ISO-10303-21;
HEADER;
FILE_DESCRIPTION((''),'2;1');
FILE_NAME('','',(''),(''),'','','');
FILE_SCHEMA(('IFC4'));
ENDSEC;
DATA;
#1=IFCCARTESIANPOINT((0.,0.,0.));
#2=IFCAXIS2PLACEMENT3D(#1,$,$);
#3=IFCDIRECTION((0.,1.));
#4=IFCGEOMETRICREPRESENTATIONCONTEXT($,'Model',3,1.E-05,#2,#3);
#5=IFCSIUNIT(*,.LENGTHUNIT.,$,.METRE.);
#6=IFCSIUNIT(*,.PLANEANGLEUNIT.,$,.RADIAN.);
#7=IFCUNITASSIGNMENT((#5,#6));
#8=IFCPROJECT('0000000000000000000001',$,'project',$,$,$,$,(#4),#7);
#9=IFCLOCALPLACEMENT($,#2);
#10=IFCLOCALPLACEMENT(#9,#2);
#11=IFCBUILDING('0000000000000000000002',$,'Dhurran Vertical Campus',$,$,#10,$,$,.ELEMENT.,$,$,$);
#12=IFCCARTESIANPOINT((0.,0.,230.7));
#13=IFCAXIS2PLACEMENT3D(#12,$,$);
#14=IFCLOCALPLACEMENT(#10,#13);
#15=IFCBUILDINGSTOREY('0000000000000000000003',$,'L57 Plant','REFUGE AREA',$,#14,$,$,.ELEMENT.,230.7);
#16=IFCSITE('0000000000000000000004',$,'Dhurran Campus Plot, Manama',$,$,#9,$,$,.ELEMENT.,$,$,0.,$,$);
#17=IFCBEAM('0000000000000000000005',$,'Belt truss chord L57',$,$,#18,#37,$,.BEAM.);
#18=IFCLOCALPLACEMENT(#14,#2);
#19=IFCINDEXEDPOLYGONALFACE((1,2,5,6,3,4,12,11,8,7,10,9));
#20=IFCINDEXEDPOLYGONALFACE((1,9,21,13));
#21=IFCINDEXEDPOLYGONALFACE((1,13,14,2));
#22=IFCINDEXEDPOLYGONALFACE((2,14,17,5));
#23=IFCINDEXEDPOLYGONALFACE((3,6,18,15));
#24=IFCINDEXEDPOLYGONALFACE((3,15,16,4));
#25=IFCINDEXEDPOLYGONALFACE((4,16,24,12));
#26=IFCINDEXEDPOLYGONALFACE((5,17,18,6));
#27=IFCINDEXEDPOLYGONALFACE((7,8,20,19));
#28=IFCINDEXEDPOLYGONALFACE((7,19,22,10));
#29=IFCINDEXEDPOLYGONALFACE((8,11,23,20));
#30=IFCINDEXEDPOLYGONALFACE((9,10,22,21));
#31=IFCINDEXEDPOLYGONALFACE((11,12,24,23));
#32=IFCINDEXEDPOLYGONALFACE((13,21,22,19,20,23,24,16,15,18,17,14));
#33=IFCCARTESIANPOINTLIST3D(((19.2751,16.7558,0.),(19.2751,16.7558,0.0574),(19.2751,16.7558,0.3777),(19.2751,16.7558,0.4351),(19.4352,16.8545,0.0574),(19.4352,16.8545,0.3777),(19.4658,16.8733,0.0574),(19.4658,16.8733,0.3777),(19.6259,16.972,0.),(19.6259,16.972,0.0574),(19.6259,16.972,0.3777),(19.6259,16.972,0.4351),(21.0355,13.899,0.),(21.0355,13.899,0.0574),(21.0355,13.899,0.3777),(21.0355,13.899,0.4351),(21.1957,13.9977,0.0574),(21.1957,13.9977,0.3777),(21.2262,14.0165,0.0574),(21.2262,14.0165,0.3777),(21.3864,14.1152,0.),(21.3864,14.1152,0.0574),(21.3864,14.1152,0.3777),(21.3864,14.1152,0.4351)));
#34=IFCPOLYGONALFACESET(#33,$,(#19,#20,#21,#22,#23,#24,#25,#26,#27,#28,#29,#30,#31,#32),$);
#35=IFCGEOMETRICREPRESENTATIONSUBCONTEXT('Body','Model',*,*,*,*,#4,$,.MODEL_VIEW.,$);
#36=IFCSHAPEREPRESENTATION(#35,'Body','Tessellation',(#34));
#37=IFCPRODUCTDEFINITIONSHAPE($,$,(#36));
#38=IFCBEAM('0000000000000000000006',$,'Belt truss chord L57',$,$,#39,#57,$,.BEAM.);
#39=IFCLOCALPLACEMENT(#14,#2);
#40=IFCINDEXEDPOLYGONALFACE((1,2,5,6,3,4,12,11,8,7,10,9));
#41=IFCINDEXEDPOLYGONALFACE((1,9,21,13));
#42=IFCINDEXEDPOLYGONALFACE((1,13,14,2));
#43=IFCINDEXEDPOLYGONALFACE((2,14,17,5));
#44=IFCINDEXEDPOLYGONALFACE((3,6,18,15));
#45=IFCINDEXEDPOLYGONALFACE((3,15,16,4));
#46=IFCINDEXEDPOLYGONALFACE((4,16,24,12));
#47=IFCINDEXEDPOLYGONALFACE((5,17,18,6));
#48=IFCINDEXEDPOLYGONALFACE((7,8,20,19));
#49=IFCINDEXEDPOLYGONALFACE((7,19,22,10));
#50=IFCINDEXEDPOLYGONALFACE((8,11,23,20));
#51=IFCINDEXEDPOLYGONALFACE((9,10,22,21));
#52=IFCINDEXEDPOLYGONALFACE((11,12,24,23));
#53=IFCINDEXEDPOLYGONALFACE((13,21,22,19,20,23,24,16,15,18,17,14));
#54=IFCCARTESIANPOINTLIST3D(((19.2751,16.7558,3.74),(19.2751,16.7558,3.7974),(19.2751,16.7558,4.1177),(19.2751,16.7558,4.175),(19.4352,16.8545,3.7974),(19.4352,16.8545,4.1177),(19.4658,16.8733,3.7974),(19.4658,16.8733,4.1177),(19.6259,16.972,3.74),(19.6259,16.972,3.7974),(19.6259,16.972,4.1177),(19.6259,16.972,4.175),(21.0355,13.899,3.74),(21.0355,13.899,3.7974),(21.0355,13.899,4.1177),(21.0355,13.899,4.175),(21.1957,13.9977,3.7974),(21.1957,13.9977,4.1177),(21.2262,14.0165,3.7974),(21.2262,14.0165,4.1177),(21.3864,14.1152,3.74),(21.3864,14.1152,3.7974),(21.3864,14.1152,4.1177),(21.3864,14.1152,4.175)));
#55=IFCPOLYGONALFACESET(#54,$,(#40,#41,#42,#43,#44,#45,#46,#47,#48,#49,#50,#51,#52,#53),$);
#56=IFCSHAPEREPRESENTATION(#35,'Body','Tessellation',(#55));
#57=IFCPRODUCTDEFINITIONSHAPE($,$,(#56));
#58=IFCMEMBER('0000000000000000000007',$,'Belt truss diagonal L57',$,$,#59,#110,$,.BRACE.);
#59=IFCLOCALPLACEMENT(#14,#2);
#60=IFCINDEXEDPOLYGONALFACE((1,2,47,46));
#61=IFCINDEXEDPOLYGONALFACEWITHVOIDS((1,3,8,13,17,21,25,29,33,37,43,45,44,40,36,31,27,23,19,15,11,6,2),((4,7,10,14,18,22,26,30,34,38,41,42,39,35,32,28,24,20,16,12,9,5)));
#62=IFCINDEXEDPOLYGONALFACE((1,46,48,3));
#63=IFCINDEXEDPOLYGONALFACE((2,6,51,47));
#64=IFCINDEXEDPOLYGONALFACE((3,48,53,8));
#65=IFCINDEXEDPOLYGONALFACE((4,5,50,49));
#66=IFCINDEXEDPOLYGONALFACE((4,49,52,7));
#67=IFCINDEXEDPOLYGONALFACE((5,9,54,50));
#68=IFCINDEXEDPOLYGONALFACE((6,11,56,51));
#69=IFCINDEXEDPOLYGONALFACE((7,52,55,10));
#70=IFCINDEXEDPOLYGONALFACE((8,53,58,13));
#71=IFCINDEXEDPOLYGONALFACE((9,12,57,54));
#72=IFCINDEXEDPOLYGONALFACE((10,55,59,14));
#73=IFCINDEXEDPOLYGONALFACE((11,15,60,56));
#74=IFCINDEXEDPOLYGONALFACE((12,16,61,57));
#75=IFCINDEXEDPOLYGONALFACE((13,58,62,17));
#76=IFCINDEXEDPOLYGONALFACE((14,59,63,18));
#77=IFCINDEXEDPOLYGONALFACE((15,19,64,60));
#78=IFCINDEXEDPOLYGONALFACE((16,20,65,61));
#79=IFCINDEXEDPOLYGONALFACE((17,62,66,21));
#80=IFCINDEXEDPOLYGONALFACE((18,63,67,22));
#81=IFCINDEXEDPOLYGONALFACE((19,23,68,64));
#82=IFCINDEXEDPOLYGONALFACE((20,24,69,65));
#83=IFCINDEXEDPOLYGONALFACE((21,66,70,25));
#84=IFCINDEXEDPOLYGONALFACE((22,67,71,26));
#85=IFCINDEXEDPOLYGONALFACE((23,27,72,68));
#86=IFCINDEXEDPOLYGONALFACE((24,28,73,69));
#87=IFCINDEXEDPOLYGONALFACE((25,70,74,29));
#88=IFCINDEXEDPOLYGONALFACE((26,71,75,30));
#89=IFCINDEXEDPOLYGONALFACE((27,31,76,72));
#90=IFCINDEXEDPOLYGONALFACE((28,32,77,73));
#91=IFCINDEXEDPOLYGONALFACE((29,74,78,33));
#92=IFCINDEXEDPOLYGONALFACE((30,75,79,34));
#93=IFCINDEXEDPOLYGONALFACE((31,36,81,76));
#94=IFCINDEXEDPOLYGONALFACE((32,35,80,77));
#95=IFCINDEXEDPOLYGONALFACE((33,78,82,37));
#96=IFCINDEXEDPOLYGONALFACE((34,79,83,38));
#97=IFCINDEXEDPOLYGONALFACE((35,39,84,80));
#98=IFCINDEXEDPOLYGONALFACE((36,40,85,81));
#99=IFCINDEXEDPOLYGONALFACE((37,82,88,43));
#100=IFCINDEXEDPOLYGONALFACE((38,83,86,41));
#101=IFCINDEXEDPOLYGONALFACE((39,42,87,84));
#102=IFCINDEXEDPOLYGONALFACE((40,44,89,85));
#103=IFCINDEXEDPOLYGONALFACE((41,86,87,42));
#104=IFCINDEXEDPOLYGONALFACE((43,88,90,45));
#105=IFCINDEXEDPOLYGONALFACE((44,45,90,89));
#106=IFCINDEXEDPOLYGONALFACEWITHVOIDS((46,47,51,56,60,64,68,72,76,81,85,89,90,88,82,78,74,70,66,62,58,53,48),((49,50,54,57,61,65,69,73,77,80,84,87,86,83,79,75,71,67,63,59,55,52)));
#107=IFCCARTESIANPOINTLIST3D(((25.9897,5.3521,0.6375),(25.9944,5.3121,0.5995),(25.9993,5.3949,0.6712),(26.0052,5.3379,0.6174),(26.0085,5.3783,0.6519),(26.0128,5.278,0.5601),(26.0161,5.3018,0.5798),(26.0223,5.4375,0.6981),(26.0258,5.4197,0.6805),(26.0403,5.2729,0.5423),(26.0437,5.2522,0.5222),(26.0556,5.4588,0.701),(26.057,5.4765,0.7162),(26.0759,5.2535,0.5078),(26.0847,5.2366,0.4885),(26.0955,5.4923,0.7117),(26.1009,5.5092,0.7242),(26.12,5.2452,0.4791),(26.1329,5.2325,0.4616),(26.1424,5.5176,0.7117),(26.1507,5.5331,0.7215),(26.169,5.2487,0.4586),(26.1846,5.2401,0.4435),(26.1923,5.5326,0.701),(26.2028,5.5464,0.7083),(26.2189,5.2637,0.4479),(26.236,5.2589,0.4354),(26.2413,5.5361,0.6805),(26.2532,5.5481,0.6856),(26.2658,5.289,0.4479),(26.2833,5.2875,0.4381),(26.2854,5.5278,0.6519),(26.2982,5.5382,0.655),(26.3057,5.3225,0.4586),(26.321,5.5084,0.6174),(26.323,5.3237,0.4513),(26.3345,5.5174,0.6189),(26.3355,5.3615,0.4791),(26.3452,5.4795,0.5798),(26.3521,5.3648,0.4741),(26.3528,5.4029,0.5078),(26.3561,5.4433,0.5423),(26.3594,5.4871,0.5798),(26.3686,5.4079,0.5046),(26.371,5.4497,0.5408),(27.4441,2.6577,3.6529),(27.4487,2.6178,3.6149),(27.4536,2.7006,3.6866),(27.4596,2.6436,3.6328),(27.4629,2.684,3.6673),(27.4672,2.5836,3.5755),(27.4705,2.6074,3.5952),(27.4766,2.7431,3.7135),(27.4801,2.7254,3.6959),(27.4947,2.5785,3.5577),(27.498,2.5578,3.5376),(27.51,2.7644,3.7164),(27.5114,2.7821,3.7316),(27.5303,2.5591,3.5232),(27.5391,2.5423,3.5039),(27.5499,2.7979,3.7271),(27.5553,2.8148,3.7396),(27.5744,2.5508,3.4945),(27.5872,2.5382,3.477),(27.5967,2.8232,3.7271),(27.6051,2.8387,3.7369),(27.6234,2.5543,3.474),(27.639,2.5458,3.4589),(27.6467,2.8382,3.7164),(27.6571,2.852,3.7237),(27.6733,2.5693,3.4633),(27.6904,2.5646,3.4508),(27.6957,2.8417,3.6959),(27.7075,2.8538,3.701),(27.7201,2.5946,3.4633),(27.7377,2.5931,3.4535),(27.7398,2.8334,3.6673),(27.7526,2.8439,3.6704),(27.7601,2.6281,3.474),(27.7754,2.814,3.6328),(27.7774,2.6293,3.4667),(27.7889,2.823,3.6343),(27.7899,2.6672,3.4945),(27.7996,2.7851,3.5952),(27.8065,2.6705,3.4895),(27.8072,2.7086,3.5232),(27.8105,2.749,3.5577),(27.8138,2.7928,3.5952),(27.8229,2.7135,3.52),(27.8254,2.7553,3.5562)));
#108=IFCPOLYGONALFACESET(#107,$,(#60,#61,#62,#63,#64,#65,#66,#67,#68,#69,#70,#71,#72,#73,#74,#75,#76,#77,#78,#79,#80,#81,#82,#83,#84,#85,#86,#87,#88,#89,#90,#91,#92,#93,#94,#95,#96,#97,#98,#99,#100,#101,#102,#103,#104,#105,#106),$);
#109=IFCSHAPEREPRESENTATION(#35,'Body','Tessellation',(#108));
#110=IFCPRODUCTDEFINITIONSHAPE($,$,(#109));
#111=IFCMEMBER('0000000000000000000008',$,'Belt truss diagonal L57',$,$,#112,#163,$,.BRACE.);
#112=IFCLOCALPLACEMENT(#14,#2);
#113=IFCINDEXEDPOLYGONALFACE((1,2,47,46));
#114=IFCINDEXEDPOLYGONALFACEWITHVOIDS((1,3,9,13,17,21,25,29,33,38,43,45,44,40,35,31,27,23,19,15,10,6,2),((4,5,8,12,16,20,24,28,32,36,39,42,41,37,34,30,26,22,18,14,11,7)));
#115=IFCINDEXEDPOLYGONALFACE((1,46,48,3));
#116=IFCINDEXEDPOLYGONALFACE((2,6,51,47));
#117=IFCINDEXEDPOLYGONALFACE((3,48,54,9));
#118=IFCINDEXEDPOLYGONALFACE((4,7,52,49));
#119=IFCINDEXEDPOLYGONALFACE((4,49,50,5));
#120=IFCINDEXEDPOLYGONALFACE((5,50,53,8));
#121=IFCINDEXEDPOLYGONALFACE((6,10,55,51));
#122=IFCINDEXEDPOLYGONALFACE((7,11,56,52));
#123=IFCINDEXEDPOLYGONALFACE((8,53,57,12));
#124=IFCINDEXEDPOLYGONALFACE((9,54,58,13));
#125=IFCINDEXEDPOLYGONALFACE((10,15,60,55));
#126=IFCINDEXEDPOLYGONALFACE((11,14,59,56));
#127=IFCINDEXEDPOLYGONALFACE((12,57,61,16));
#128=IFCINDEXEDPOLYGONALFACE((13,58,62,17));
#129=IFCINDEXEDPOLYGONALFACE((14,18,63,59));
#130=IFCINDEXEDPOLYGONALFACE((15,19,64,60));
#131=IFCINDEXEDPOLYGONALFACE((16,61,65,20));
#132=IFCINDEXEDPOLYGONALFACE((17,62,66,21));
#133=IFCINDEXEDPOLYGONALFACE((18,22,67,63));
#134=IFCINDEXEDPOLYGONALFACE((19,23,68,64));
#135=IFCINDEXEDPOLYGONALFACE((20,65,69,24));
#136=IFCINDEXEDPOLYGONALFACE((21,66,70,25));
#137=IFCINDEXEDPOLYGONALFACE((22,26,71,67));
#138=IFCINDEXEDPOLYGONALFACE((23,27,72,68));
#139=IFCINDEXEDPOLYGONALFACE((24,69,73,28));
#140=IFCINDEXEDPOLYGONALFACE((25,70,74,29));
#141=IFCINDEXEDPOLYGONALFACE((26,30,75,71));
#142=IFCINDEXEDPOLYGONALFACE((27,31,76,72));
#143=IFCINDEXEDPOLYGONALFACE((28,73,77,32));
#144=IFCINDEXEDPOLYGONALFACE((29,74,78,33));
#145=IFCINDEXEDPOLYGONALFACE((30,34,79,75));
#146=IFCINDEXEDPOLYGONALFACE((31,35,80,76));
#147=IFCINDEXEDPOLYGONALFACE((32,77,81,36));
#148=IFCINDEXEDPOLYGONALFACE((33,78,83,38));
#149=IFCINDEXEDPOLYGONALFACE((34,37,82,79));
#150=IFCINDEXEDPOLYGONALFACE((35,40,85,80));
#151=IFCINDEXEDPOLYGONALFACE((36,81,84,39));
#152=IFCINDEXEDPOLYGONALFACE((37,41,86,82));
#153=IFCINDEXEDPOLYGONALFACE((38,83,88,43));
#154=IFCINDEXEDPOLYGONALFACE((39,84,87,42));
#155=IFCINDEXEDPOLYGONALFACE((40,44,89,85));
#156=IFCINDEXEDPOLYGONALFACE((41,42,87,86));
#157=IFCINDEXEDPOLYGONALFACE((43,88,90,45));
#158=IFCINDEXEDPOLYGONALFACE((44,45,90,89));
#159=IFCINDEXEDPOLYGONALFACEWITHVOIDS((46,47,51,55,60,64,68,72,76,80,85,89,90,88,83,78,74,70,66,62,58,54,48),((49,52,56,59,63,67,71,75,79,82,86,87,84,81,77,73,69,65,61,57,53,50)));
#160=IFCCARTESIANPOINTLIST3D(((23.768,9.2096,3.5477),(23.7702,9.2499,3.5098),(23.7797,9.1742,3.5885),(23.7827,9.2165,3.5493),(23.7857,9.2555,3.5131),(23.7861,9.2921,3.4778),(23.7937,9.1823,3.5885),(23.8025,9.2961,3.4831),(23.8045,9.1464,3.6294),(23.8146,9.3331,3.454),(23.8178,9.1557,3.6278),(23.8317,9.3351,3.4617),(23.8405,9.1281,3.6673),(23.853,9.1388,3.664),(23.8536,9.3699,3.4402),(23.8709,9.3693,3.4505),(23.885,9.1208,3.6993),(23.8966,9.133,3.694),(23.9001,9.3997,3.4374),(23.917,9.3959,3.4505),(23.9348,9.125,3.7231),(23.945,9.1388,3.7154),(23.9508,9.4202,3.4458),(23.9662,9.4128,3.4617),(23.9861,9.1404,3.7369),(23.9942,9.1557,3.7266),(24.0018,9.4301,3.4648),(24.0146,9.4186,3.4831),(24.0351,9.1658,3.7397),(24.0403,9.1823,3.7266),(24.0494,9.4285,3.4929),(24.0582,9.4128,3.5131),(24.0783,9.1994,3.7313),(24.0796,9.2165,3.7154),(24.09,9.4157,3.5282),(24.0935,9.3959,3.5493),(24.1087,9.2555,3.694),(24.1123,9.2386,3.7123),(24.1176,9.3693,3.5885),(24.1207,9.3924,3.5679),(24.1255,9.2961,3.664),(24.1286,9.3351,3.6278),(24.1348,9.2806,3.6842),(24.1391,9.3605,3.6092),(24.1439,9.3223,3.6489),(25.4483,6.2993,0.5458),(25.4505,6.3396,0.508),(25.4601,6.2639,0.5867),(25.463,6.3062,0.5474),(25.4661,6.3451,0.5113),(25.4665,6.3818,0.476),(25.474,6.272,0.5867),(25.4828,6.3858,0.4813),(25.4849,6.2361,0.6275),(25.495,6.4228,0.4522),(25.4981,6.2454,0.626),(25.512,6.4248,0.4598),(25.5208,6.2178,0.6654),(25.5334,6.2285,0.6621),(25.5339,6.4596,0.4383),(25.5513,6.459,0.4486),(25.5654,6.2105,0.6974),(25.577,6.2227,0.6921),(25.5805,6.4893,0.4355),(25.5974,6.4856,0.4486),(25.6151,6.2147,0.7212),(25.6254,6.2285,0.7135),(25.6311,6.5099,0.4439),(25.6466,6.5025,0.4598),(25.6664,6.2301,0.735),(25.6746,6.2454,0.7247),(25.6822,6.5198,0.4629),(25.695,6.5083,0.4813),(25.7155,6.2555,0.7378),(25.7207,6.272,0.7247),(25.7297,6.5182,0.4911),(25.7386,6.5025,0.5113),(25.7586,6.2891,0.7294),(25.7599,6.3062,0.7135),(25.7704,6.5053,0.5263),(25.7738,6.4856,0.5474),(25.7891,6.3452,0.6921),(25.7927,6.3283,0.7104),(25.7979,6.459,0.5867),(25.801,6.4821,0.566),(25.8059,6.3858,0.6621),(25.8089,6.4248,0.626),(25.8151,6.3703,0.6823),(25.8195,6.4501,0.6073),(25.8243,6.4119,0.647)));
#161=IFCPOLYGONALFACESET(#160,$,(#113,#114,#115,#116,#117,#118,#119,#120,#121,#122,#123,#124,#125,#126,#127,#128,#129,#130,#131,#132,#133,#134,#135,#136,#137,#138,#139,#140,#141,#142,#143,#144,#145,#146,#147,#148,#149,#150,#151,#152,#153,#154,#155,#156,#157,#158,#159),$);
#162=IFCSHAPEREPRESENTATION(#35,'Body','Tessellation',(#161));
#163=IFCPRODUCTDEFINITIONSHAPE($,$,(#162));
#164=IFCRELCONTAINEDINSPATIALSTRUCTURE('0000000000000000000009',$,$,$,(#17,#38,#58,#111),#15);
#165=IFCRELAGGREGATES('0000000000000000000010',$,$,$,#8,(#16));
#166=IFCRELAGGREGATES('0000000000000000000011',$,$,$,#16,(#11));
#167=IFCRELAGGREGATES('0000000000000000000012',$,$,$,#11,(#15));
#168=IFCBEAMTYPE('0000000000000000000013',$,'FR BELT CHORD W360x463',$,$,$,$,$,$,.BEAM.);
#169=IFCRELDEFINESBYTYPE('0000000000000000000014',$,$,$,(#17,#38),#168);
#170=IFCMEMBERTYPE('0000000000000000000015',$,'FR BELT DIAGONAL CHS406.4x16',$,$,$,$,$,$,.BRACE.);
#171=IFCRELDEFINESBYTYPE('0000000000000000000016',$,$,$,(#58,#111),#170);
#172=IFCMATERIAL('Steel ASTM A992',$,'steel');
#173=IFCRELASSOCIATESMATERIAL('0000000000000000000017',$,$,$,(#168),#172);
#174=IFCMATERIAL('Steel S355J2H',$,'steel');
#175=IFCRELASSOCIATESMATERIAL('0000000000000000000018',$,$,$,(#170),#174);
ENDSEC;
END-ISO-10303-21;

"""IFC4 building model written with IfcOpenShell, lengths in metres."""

from ifc_helpers import new_model, si_unit, direction, frame, origin, origin_2d, place, context, subcontext, project, spatial, hollow_circle, i_section, extrude, material, material_profile, profile_set, type_object, element, save


model = new_model("IFC4")

# Units and contexts
model_context = context("Model", 3, precision=1e-05, world=origin(), true_north=direction((0.0, 1.0)))
body_context = subcontext(model_context, "Body", "Model", "MODEL_VIEW")
ifc_project = project(units=[si_unit("LENGTHUNIT", "METRE"), si_unit("PLANEANGLEUNIT", "RADIAN")], contexts=[model_context])

# Site, building, storey
site_placement = place(None, origin())
site = spatial("IfcSite", under=ifc_project, at=site_placement, Name="Dhurran Campus Plot, Manama", CompositionType="ELEMENT", RefElevation=0.0)
building_placement = place(site_placement, origin())
building = spatial("IfcBuilding", under=site, at=building_placement, Name="Dhurran Vertical Campus", CompositionType="ELEMENT")
storey_placement = place(building_placement, frame((0.0, 0.0, 230.7)))
storey = spatial("IfcBuildingStorey", under=building, at=storey_placement, Name="L57 Plant", Description="REFUGE AREA", CompositionType="ELEMENT", Elevation=230.7)

# Beams
ifc_material_1 = material(Name="Steel ASTM A992", Category="steel")
ifc_material_profile_1 = material_profile(ifc_material_1, i_section(OverallWidth=0.4121, OverallDepth=0.4351, WebThickness=0.0359, FlangeThickness=0.0574, at=origin_2d()), Name="W360x463")
ifc_profile_set_1 = profile_set([ifc_material_profile_1], Name="Steel ASTM A992")
beam_type = type_object("IfcBeamType", Name="FR BELT CHORD W360x463", PredefinedType="BEAM", material=ifc_profile_set_1)
for number, where, z_axis, x_axis, name in (
    (1, (21.2109, 14.0071, 0.2175), (-0.524613, 0.851341, 0.0), (-0.851341, -0.524613, 0.0), "Belt truss chord L57"),
    (2, (21.2109, 14.0071, 3.9575), (-0.524613, 0.851341, 0.0), (-0.851341, -0.524613, 0.0), "Belt truss chord L57"),
):
    element("IfcBeam", number, at=place(storey_placement, frame(where, z_axis=z_axis, x_axis=x_axis)), inside=storey, type_object=beam_type, Name=name, PredefinedType="BEAM", context=body_context, shape_type="SweptSolid", body=[
        extrude(i_section(OverallWidth=0.4121, OverallDepth=0.4351, WebThickness=0.0359, FlangeThickness=0.0574, at=origin_2d()), origin(), (0.0, 0.0, 1.0), 3.3557),
    ])

# Members
ifc_material_2 = material(Name="Steel S355J2H", Category="steel")
ifc_material_profile_2 = material_profile(ifc_material_2, hollow_circle(Radius=0.2031, WallThickness=0.0161, at=origin_2d()), Name="CHS406.4x16")
ifc_profile_set_2 = profile_set([ifc_material_profile_2], Name="Steel S355J2H")
member_type = type_object("IfcMemberType", Name="FR BELT DIAGONAL CHS406.4x16", PredefinedType="BRACE", material=ifc_profile_set_2)
member_1_placement = place(storey_placement, frame((26.1807, 5.3906, 0.5798), z_axis=(0.33843, -0.626978, 0.701686), x_axis=(0.879987, 0.474998, 0.0)))
element("IfcMember", 3, at=member_1_placement, inside=storey, type_object=member_type, Name="Belt truss diagonal L57", PredefinedType="BRACE", context=body_context, shape_type="SweptSolid", body=[
    extrude(hollow_circle(Radius=0.2031, WallThickness=0.0161, at=origin_2d()), origin(), (0.0, 0.0, 1.0), 4.2974),
])
member_2_placement = place(storey_placement, frame((25.636, 6.3655, 0.5867), z_axis=(-0.372912, 0.645864, 0.666181), x_axis=(-0.866013, -0.500022, 0.0)))
element("IfcMember", 4, at=member_2_placement, inside=storey, type_object=member_type, Name="Belt truss diagonal L57", PredefinedType="BRACE", context=body_context, shape_type="SweptSolid", body=[
    extrude(hollow_circle(Radius=0.2031, WallThickness=0.0161, at=origin_2d()), origin(), (0.0, 0.0, 1.0), 4.5061),
])

save(model, "model.ifc")
